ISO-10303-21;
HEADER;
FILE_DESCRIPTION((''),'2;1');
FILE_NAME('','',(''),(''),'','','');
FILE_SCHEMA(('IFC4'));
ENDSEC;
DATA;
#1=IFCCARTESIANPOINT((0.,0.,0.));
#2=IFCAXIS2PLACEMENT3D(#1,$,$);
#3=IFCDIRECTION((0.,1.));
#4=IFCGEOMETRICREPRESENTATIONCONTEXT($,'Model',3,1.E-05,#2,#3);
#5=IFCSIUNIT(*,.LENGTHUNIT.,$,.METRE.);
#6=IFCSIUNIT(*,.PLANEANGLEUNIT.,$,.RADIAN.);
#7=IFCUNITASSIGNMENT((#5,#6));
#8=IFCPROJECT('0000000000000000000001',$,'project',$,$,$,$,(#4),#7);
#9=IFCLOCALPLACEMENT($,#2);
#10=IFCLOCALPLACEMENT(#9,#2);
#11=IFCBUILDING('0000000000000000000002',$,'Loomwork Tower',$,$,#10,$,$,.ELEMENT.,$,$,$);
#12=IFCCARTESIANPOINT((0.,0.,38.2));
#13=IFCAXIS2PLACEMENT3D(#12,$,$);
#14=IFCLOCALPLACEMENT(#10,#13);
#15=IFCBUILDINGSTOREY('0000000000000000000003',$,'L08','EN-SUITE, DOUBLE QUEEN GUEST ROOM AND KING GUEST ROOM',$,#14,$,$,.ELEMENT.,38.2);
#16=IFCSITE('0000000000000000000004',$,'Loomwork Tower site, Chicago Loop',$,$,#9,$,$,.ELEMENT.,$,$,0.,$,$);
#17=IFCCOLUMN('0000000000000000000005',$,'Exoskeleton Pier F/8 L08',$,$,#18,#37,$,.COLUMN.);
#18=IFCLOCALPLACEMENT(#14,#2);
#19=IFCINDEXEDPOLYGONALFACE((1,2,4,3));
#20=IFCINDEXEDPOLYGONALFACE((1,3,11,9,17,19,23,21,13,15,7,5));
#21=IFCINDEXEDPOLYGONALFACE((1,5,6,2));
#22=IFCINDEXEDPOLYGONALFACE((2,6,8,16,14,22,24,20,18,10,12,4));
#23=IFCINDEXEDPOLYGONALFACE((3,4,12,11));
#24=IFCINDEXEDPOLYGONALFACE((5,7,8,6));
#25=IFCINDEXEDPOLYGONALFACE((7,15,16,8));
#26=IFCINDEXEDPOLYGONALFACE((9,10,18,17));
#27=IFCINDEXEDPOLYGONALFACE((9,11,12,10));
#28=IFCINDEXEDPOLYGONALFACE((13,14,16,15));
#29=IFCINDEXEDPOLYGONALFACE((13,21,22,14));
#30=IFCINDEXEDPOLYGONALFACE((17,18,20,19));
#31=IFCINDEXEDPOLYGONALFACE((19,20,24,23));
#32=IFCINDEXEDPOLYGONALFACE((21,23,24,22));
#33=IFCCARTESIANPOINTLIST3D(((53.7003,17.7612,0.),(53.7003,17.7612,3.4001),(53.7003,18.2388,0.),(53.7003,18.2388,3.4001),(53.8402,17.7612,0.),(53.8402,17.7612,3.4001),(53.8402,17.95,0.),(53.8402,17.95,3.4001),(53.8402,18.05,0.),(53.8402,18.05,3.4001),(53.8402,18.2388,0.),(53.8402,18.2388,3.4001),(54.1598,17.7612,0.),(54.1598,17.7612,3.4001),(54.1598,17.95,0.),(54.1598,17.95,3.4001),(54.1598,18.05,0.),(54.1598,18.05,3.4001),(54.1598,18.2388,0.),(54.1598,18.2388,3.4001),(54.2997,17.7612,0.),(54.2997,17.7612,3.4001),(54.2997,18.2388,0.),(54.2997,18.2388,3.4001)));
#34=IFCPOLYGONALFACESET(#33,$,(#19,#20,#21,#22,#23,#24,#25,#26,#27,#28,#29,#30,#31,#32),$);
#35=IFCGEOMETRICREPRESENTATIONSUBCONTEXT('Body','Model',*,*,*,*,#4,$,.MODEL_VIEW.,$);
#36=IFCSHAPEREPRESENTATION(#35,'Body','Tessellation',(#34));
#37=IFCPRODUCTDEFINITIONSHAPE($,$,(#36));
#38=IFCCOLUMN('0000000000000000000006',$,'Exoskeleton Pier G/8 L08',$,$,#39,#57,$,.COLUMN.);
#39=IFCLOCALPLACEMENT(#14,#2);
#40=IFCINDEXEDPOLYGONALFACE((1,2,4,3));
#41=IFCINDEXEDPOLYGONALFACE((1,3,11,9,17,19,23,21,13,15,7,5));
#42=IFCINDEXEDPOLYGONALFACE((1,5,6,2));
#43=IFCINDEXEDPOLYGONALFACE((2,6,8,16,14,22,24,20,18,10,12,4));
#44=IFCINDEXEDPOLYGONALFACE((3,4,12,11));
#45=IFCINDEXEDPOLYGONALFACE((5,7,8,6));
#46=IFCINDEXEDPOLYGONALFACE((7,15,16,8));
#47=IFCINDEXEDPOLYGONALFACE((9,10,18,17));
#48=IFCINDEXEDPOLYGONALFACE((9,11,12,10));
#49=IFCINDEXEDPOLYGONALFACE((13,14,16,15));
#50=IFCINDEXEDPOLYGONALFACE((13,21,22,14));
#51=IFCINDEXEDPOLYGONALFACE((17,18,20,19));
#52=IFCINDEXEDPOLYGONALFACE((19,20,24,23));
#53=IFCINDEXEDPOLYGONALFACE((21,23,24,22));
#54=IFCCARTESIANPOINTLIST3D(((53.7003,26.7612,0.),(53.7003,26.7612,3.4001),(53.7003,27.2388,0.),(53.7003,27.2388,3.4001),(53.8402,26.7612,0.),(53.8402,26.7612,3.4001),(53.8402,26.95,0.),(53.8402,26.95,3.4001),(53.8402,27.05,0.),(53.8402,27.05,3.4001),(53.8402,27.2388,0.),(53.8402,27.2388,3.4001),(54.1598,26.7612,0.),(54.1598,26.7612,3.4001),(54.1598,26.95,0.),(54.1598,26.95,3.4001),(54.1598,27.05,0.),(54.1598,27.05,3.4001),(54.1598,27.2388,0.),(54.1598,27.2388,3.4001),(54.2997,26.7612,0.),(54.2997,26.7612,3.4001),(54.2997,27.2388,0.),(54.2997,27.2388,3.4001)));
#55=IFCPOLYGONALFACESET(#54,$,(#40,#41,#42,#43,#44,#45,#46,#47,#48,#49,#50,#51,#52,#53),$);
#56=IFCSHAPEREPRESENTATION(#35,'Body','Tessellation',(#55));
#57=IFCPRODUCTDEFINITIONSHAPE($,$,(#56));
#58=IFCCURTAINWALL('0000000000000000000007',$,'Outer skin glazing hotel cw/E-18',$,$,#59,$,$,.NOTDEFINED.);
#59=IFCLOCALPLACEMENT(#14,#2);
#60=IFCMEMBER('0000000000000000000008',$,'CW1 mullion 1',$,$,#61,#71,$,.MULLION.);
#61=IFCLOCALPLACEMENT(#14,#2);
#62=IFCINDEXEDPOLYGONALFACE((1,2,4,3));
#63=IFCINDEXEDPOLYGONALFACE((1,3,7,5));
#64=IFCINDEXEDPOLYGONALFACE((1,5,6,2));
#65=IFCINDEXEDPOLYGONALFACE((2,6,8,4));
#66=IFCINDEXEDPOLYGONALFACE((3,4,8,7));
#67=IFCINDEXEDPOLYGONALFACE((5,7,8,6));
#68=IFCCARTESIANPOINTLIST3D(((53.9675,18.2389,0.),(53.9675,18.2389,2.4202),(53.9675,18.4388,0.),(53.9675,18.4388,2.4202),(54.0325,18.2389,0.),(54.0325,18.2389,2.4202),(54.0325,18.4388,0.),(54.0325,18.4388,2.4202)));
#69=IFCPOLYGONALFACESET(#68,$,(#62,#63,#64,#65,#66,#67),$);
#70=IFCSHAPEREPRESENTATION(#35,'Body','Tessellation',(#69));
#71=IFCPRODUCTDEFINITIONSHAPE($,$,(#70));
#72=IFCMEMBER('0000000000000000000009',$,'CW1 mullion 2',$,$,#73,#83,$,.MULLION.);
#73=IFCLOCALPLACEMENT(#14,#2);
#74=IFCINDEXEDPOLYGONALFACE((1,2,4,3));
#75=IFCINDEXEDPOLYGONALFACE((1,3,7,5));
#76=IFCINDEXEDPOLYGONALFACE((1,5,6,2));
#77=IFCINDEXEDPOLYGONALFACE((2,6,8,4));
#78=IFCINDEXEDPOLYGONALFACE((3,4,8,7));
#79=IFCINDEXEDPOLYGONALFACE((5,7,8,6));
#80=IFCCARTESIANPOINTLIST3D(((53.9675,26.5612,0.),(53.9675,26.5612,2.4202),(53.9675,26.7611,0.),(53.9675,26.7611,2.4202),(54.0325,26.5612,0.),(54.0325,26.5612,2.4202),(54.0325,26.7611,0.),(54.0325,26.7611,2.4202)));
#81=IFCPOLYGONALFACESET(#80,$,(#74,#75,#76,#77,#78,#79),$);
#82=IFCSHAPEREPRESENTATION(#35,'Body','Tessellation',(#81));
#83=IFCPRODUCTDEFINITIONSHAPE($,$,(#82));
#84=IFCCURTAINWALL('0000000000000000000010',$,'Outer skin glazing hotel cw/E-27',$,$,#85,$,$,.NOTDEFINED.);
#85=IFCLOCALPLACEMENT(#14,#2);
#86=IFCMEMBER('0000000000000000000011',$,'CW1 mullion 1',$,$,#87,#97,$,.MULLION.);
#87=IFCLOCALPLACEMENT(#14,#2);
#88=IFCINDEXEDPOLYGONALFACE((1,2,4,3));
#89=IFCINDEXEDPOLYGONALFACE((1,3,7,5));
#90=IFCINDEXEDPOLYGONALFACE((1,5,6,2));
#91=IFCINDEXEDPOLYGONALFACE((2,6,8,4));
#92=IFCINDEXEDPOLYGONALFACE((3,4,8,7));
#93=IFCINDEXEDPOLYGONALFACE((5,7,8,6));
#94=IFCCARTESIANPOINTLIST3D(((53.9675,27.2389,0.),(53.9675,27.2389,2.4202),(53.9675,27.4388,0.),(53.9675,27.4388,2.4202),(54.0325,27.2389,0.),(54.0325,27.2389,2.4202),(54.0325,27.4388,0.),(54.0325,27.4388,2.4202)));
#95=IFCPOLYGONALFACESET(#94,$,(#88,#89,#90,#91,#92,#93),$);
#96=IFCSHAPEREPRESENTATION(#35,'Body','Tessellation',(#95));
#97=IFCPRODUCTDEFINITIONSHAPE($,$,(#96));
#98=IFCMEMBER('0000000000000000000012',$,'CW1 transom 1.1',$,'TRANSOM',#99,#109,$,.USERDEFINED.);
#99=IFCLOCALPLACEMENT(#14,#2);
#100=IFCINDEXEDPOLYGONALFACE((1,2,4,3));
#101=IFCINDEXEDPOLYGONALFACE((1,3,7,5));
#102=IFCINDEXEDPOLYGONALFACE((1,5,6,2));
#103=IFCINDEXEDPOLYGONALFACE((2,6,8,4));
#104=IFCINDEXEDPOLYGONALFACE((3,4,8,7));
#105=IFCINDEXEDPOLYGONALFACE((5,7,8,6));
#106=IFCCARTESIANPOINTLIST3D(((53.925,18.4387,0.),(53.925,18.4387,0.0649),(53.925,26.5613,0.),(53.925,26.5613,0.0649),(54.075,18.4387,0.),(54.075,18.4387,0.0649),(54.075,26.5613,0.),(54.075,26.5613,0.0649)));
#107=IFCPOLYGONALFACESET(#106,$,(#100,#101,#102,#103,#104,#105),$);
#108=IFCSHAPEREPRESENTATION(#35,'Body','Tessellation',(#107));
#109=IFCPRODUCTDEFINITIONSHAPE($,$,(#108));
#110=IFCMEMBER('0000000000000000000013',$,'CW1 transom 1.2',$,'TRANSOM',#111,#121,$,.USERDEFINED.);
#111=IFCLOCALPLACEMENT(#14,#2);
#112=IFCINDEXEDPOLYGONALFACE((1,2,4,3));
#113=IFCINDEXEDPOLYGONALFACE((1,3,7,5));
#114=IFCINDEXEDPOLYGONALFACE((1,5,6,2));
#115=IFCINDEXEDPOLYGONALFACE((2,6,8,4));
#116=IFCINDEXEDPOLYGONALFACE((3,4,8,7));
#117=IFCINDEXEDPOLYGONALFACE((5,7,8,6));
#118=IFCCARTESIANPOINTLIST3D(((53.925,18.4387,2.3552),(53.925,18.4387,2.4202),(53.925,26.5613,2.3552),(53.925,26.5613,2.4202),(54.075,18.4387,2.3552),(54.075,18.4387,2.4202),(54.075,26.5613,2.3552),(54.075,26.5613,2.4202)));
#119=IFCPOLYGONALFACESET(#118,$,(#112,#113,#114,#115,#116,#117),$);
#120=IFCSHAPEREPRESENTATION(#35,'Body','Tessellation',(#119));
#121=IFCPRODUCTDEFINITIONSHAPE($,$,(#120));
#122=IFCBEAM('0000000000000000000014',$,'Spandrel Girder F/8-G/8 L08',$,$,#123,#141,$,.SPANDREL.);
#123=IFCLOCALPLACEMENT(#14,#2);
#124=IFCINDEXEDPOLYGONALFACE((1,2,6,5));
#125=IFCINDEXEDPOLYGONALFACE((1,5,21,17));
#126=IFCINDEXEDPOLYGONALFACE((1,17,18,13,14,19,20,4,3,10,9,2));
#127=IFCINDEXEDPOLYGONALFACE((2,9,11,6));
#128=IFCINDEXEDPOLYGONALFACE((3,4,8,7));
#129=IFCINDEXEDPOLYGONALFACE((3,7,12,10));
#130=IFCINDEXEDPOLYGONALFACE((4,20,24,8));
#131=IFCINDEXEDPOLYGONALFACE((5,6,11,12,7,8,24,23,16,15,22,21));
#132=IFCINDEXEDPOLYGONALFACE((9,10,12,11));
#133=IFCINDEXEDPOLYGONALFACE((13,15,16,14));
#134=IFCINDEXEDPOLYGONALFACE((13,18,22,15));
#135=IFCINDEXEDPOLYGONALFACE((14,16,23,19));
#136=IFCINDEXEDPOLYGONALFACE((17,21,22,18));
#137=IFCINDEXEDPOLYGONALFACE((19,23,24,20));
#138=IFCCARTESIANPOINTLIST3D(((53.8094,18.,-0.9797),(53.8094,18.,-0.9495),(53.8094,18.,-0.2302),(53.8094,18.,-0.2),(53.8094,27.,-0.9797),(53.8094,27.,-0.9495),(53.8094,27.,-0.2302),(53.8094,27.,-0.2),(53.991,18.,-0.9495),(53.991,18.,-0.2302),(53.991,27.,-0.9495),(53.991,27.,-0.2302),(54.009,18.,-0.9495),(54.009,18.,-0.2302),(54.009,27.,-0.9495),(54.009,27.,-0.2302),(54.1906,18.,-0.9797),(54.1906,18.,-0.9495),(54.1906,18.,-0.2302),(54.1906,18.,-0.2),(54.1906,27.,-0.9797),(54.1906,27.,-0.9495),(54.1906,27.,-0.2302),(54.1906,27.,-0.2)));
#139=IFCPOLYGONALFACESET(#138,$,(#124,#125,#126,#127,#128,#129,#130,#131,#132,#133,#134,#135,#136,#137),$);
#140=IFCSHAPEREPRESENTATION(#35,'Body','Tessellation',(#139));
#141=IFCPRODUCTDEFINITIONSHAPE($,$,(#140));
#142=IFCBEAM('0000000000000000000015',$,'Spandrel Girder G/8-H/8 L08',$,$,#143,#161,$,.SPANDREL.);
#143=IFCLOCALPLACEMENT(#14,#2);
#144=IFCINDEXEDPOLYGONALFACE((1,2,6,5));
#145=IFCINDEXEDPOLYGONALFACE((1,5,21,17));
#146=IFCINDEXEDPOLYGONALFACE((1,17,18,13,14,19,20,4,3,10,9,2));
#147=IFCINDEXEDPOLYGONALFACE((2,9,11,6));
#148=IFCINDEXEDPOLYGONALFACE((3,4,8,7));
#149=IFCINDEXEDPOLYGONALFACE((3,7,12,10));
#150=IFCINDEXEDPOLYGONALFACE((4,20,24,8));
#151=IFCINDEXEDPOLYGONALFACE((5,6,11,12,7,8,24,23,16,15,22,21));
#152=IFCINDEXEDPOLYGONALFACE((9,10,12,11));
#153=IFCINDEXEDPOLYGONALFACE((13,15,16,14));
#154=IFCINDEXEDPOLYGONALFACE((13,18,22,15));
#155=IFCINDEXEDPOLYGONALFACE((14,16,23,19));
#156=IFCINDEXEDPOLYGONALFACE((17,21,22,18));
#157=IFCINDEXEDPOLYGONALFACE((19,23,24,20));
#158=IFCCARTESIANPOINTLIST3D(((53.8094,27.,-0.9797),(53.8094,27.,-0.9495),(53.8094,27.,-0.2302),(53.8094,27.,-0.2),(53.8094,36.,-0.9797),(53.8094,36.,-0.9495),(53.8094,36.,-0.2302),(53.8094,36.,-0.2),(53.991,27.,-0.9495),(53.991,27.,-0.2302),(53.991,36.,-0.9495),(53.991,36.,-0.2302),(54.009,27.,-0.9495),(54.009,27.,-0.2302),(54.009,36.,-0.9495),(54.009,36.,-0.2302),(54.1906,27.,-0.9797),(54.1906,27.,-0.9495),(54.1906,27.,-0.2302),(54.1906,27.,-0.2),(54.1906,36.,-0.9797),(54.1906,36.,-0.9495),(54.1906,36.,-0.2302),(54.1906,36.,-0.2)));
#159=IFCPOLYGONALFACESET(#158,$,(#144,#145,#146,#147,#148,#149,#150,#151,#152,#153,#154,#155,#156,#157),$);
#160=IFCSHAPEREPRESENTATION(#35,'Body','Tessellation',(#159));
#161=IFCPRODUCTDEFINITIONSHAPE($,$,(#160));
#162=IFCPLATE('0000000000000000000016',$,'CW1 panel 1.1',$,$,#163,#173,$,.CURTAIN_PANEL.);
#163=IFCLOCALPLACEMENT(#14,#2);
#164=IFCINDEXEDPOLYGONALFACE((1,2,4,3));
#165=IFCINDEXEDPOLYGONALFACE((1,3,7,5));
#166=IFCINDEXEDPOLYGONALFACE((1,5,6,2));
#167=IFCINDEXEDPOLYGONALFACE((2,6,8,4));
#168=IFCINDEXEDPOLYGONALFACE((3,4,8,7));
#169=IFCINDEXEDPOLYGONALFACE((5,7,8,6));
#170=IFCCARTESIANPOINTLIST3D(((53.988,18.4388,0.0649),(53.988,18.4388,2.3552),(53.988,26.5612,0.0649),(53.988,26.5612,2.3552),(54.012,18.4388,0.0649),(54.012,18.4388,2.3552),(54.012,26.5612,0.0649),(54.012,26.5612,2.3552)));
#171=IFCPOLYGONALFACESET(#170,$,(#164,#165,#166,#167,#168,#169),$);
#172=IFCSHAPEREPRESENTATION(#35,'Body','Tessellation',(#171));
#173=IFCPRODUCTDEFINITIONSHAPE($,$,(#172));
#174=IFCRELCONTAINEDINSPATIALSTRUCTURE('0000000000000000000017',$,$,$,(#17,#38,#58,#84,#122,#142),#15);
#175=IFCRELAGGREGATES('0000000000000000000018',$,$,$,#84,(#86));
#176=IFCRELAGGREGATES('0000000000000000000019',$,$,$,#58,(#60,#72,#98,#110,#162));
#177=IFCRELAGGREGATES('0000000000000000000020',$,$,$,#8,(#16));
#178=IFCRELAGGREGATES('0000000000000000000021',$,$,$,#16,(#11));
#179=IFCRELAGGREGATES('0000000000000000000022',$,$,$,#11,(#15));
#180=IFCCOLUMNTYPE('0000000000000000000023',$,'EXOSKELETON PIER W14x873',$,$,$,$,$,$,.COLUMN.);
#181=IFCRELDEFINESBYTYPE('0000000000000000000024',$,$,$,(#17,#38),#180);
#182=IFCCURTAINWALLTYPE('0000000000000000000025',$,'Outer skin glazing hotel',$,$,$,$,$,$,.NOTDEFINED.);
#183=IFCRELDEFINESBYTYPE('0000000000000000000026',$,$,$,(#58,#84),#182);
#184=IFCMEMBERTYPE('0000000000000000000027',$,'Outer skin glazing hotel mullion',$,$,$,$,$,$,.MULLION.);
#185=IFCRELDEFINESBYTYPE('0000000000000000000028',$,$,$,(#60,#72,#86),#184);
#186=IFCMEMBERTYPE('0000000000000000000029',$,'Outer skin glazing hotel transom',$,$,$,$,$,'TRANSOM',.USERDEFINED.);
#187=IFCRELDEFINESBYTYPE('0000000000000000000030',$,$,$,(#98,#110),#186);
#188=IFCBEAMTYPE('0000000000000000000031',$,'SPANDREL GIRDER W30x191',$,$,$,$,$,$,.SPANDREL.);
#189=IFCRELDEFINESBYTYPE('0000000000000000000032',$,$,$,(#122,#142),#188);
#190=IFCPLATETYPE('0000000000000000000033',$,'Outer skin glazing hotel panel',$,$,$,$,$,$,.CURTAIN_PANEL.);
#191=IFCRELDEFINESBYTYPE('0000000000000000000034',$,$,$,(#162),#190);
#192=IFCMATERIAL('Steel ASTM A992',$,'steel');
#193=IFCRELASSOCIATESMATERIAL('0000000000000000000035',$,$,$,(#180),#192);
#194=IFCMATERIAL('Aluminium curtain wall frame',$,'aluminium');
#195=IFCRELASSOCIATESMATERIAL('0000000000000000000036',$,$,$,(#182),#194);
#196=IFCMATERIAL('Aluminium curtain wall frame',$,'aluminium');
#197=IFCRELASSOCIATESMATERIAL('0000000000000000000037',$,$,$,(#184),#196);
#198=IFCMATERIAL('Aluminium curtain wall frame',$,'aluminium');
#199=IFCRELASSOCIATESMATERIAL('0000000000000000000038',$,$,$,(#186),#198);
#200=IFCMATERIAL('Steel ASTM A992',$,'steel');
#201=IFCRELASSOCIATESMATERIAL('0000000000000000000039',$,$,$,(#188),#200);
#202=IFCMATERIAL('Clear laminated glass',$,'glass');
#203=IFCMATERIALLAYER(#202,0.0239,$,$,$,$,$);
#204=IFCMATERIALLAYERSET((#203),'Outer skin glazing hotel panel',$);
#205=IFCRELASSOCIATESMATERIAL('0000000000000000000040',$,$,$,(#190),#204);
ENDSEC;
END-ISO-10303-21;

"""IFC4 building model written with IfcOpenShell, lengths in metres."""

from ifc_helpers import new_model, si_unit, direction, frame, origin, origin_2d, place, context, subcontext, project, spatial, rectangle, i_section, extrude, material, layer, layer_set, material_profile, profile_set, type_object, element, aggregate, save


model = new_model("IFC4")

# Units and contexts
model_context = context("Model", 3, precision=1e-05, world=origin(), true_north=direction((0.0, 1.0)))
body_context = subcontext(model_context, "Body", "Model", "MODEL_VIEW")
ifc_project = project(units=[si_unit("LENGTHUNIT", "METRE"), si_unit("PLANEANGLEUNIT", "RADIAN")], contexts=[model_context])

# Site, building, storey
site_placement = place(None, origin())
site = spatial("IfcSite", under=ifc_project, at=site_placement, Name="Loomwork Tower site, Chicago Loop", CompositionType="ELEMENT", RefElevation=0.0)
building_placement = place(site_placement, origin())
building = spatial("IfcBuilding", under=site, at=building_placement, Name="Loomwork Tower", CompositionType="ELEMENT")
storey_placement = place(building_placement, frame((0.0, 0.0, 38.2)))
storey = spatial("IfcBuildingStorey", under=building, at=storey_placement, Name="L08", Description="EN-SUITE, DOUBLE QUEEN GUEST ROOM AND KING GUEST ROOM", CompositionType="ELEMENT", Elevation=38.2)

# Columns
ifc_material_1 = material(Name="Steel ASTM A992", Category="steel")
ifc_material_profile_1 = material_profile(ifc_material_1, i_section(OverallWidth=0.4775, OverallDepth=0.5994, WebThickness=0.1001, FlangeThickness=0.1399, at=origin_2d()), Name="W14x873")
ifc_profile_set_1 = profile_set([ifc_material_profile_1], Name="Steel ASTM A992")
column_type = type_object("IfcColumnType", Name="EXOSKELETON PIER W14x873", PredefinedType="COLUMN", material=ifc_profile_set_1)
for number, where, z_axis, x_axis, name in (
    (1, (54.0, 18.0, 0.0), (0.0, 0.0, 1.0), (0.0, 1.0, 0.0), "Exoskeleton Pier F/8 L08"),
    (2, (54.0, 27.0, 0.0), (0.0, 0.0, 1.0), (0.0, 1.0, 0.0), "Exoskeleton Pier G/8 L08"),
):
    element("IfcColumn", number, at=place(storey_placement, frame(where, z_axis=z_axis, x_axis=x_axis)), inside=storey, type_object=column_type, Name=name, PredefinedType="COLUMN", context=body_context, shape_type="SweptSolid", body=[
        extrude(i_section(OverallWidth=0.4775, OverallDepth=0.5994, WebThickness=0.1001, FlangeThickness=0.1399, at=origin_2d()), origin(), (0.0, 0.0, 1.0), 3.4001),
    ])

# Curtain wall, members
ifc_material_2 = material(Name="Aluminium curtain wall frame", Category="aluminium")
curtain_wall_type = type_object("IfcCurtainWallType", Name="Outer skin glazing hotel", PredefinedType="NOTDEFINED", material=ifc_material_2)
curtain_wall_1_placement = place(storey_placement, origin())
curtain_wall_1 = element("IfcCurtainWall", 3, at=curtain_wall_1_placement, inside=storey, type_object=curtain_wall_type, Name="Outer skin glazing hotel cw/E-18", PredefinedType="NOTDEFINED")
ifc_material_3 = material(Name="Aluminium curtain wall frame", Category="aluminium")
ifc_material_profile_2 = material_profile(ifc_material_3, rectangle(XDim=0.0649, YDim=0.2, at=origin_2d()), Name="AL 65x200")
ifc_profile_set_2 = profile_set([ifc_material_profile_2], Name="Aluminium curtain wall frame")
member_type_1 = type_object("IfcMemberType", Name="Outer skin glazing hotel mullion", PredefinedType="MULLION", material=ifc_profile_set_2)
member_1_placement = place(storey_placement, frame((54.0, 18.3389, 0.0), z_axis=(0.0, 0.0, 1.0), x_axis=(-1.0, 0.0, 0.0)))
member_1 = element("IfcMember", 4, at=member_1_placement, type_object=member_type_1, Name="CW1 mullion 1", PredefinedType="MULLION", context=body_context, shape_type="SweptSolid", body=[
    extrude(rectangle(XDim=0.0649, YDim=0.2, at=origin_2d()), origin(), (0.0, 0.0, 1.0), 2.4202),
])
member_2_placement = place(storey_placement, frame((54.0, 26.6611, 0.0), z_axis=(0.0, 0.0, 1.0), x_axis=(-1.0, 0.0, 0.0)))
member_2 = element("IfcMember", 5, at=member_2_placement, type_object=member_type_1, Name="CW1 mullion 2", PredefinedType="MULLION", context=body_context, shape_type="SweptSolid", body=[
    extrude(rectangle(XDim=0.0649, YDim=0.2, at=origin_2d()), origin(), (0.0, 0.0, 1.0), 2.4202),
])

# Curtain wall, member
curtain_wall_2_placement = place(storey_placement, origin())
curtain_wall_2 = element("IfcCurtainWall", 6, at=curtain_wall_2_placement, inside=storey, type_object=curtain_wall_type, Name="Outer skin glazing hotel cw/E-27", PredefinedType="NOTDEFINED")
member_3_placement = place(storey_placement, frame((54.0, 27.3389, 0.0), z_axis=(0.0, 0.0, 1.0), x_axis=(-1.0, 0.0, 0.0)))
member_3 = element("IfcMember", 7, at=member_3_placement, type_object=member_type_1, Name="CW1 mullion 1", PredefinedType="MULLION", context=body_context, shape_type="SweptSolid", body=[
    extrude(rectangle(XDim=0.0649, YDim=0.2, at=origin_2d()), origin(), (0.0, 0.0, 1.0), 2.4202),
])
aggregate(curtain_wall_2, [member_3])

# Members
ifc_material_4 = material(Name="Aluminium curtain wall frame", Category="aluminium")
ifc_material_profile_3 = material_profile(ifc_material_4, rectangle(XDim=0.1499, YDim=0.0649, at=origin_2d()), Name="AL 65x150")
ifc_profile_set_3 = profile_set([ifc_material_profile_3], Name="Aluminium curtain wall frame")
member_type_2 = type_object("IfcMemberType", Name="Outer skin glazing hotel transom", ElementType="TRANSOM", PredefinedType="USERDEFINED", material=ifc_profile_set_3)
member_4_placement = place(storey_placement, frame((54.0, 18.4387, 0.0325), z_axis=(0.0, 1.0, 0.0), x_axis=(-1.0, 0.0, 0.0)))
member_4 = element("IfcMember", 8, at=member_4_placement, type_object=member_type_2, Name="CW1 transom 1.1", ObjectType="TRANSOM", PredefinedType="USERDEFINED", context=body_context, shape_type="SweptSolid", body=[
    extrude(rectangle(XDim=0.1499, YDim=0.0649, at=origin_2d()), origin(), (0.0, 0.0, 1.0), 8.1226),
])
member_5_placement = place(storey_placement, frame((54.0, 18.4387, 2.3877), z_axis=(0.0, 1.0, 0.0), x_axis=(-1.0, 0.0, 0.0)))
member_5 = element("IfcMember", 9, at=member_5_placement, type_object=member_type_2, Name="CW1 transom 1.2", ObjectType="TRANSOM", PredefinedType="USERDEFINED", context=body_context, shape_type="SweptSolid", body=[
    extrude(rectangle(XDim=0.1499, YDim=0.0649, at=origin_2d()), origin(), (0.0, 0.0, 1.0), 8.1226),
])

# Beams
ifc_material_5 = material(Name="Steel ASTM A992", Category="steel")
ifc_material_profile_4 = material_profile(ifc_material_5, i_section(OverallWidth=0.3811, OverallDepth=0.7798, WebThickness=0.0181, FlangeThickness=0.0303, at=origin_2d()), Name="W30x191")
ifc_profile_set_4 = profile_set([ifc_material_profile_4], Name="Steel ASTM A992")
beam_type = type_object("IfcBeamType", Name="SPANDREL GIRDER W30x191", PredefinedType="SPANDREL", material=ifc_profile_set_4)
for number, where, z_axis, x_axis, name in (
    (10, (54.0, 18.0, -0.5898), (0.0, 1.0, 0.0), (-1.0, 0.0, 0.0), "Spandrel Girder F/8-G/8 L08"),
    (11, (54.0, 27.0, -0.5898), (0.0, 1.0, 0.0), (-1.0, 0.0, 0.0), "Spandrel Girder G/8-H/8 L08"),
):
    element("IfcBeam", number, at=place(storey_placement, frame(where, z_axis=z_axis, x_axis=x_axis)), inside=storey, type_object=beam_type, Name=name, PredefinedType="SPANDREL", context=body_context, shape_type="SweptSolid", body=[
        extrude(i_section(OverallWidth=0.3811, OverallDepth=0.7798, WebThickness=0.0181, FlangeThickness=0.0303, at=origin_2d()), origin(), (0.0, 0.0, 1.0), 9.0),
    ])

# Plate
ifc_material_6 = material(Name="Clear laminated glass", Category="glass")
ifc_layer_1 = layer(ifc_material_6, 0.0239)
ifc_layer_set_1 = layer_set([ifc_layer_1], Name="Outer skin glazing hotel panel")
plate_type = type_object("IfcPlateType", Name="Outer skin glazing hotel panel", PredefinedType="CURTAIN_PANEL", material=ifc_layer_set_1)
plate_placement = place(storey_placement, frame((54.0, 22.5, 0.0649), z_axis=(0.0, 0.0, 1.0), x_axis=(0.0, 1.0, 0.0)))
plate = element("IfcPlate", 12, at=plate_placement, type_object=plate_type, Name="CW1 panel 1.1", PredefinedType="CURTAIN_PANEL", context=body_context, shape_type="SweptSolid", body=[
    extrude(rectangle(XDim=8.1223, YDim=0.0239, at=origin_2d()), origin(), (0.0, 0.0, 1.0), 2.2903),
])
aggregate(curtain_wall_1, [member_1, member_2, member_4, member_5, plate])

save(model, "model.ifc")
